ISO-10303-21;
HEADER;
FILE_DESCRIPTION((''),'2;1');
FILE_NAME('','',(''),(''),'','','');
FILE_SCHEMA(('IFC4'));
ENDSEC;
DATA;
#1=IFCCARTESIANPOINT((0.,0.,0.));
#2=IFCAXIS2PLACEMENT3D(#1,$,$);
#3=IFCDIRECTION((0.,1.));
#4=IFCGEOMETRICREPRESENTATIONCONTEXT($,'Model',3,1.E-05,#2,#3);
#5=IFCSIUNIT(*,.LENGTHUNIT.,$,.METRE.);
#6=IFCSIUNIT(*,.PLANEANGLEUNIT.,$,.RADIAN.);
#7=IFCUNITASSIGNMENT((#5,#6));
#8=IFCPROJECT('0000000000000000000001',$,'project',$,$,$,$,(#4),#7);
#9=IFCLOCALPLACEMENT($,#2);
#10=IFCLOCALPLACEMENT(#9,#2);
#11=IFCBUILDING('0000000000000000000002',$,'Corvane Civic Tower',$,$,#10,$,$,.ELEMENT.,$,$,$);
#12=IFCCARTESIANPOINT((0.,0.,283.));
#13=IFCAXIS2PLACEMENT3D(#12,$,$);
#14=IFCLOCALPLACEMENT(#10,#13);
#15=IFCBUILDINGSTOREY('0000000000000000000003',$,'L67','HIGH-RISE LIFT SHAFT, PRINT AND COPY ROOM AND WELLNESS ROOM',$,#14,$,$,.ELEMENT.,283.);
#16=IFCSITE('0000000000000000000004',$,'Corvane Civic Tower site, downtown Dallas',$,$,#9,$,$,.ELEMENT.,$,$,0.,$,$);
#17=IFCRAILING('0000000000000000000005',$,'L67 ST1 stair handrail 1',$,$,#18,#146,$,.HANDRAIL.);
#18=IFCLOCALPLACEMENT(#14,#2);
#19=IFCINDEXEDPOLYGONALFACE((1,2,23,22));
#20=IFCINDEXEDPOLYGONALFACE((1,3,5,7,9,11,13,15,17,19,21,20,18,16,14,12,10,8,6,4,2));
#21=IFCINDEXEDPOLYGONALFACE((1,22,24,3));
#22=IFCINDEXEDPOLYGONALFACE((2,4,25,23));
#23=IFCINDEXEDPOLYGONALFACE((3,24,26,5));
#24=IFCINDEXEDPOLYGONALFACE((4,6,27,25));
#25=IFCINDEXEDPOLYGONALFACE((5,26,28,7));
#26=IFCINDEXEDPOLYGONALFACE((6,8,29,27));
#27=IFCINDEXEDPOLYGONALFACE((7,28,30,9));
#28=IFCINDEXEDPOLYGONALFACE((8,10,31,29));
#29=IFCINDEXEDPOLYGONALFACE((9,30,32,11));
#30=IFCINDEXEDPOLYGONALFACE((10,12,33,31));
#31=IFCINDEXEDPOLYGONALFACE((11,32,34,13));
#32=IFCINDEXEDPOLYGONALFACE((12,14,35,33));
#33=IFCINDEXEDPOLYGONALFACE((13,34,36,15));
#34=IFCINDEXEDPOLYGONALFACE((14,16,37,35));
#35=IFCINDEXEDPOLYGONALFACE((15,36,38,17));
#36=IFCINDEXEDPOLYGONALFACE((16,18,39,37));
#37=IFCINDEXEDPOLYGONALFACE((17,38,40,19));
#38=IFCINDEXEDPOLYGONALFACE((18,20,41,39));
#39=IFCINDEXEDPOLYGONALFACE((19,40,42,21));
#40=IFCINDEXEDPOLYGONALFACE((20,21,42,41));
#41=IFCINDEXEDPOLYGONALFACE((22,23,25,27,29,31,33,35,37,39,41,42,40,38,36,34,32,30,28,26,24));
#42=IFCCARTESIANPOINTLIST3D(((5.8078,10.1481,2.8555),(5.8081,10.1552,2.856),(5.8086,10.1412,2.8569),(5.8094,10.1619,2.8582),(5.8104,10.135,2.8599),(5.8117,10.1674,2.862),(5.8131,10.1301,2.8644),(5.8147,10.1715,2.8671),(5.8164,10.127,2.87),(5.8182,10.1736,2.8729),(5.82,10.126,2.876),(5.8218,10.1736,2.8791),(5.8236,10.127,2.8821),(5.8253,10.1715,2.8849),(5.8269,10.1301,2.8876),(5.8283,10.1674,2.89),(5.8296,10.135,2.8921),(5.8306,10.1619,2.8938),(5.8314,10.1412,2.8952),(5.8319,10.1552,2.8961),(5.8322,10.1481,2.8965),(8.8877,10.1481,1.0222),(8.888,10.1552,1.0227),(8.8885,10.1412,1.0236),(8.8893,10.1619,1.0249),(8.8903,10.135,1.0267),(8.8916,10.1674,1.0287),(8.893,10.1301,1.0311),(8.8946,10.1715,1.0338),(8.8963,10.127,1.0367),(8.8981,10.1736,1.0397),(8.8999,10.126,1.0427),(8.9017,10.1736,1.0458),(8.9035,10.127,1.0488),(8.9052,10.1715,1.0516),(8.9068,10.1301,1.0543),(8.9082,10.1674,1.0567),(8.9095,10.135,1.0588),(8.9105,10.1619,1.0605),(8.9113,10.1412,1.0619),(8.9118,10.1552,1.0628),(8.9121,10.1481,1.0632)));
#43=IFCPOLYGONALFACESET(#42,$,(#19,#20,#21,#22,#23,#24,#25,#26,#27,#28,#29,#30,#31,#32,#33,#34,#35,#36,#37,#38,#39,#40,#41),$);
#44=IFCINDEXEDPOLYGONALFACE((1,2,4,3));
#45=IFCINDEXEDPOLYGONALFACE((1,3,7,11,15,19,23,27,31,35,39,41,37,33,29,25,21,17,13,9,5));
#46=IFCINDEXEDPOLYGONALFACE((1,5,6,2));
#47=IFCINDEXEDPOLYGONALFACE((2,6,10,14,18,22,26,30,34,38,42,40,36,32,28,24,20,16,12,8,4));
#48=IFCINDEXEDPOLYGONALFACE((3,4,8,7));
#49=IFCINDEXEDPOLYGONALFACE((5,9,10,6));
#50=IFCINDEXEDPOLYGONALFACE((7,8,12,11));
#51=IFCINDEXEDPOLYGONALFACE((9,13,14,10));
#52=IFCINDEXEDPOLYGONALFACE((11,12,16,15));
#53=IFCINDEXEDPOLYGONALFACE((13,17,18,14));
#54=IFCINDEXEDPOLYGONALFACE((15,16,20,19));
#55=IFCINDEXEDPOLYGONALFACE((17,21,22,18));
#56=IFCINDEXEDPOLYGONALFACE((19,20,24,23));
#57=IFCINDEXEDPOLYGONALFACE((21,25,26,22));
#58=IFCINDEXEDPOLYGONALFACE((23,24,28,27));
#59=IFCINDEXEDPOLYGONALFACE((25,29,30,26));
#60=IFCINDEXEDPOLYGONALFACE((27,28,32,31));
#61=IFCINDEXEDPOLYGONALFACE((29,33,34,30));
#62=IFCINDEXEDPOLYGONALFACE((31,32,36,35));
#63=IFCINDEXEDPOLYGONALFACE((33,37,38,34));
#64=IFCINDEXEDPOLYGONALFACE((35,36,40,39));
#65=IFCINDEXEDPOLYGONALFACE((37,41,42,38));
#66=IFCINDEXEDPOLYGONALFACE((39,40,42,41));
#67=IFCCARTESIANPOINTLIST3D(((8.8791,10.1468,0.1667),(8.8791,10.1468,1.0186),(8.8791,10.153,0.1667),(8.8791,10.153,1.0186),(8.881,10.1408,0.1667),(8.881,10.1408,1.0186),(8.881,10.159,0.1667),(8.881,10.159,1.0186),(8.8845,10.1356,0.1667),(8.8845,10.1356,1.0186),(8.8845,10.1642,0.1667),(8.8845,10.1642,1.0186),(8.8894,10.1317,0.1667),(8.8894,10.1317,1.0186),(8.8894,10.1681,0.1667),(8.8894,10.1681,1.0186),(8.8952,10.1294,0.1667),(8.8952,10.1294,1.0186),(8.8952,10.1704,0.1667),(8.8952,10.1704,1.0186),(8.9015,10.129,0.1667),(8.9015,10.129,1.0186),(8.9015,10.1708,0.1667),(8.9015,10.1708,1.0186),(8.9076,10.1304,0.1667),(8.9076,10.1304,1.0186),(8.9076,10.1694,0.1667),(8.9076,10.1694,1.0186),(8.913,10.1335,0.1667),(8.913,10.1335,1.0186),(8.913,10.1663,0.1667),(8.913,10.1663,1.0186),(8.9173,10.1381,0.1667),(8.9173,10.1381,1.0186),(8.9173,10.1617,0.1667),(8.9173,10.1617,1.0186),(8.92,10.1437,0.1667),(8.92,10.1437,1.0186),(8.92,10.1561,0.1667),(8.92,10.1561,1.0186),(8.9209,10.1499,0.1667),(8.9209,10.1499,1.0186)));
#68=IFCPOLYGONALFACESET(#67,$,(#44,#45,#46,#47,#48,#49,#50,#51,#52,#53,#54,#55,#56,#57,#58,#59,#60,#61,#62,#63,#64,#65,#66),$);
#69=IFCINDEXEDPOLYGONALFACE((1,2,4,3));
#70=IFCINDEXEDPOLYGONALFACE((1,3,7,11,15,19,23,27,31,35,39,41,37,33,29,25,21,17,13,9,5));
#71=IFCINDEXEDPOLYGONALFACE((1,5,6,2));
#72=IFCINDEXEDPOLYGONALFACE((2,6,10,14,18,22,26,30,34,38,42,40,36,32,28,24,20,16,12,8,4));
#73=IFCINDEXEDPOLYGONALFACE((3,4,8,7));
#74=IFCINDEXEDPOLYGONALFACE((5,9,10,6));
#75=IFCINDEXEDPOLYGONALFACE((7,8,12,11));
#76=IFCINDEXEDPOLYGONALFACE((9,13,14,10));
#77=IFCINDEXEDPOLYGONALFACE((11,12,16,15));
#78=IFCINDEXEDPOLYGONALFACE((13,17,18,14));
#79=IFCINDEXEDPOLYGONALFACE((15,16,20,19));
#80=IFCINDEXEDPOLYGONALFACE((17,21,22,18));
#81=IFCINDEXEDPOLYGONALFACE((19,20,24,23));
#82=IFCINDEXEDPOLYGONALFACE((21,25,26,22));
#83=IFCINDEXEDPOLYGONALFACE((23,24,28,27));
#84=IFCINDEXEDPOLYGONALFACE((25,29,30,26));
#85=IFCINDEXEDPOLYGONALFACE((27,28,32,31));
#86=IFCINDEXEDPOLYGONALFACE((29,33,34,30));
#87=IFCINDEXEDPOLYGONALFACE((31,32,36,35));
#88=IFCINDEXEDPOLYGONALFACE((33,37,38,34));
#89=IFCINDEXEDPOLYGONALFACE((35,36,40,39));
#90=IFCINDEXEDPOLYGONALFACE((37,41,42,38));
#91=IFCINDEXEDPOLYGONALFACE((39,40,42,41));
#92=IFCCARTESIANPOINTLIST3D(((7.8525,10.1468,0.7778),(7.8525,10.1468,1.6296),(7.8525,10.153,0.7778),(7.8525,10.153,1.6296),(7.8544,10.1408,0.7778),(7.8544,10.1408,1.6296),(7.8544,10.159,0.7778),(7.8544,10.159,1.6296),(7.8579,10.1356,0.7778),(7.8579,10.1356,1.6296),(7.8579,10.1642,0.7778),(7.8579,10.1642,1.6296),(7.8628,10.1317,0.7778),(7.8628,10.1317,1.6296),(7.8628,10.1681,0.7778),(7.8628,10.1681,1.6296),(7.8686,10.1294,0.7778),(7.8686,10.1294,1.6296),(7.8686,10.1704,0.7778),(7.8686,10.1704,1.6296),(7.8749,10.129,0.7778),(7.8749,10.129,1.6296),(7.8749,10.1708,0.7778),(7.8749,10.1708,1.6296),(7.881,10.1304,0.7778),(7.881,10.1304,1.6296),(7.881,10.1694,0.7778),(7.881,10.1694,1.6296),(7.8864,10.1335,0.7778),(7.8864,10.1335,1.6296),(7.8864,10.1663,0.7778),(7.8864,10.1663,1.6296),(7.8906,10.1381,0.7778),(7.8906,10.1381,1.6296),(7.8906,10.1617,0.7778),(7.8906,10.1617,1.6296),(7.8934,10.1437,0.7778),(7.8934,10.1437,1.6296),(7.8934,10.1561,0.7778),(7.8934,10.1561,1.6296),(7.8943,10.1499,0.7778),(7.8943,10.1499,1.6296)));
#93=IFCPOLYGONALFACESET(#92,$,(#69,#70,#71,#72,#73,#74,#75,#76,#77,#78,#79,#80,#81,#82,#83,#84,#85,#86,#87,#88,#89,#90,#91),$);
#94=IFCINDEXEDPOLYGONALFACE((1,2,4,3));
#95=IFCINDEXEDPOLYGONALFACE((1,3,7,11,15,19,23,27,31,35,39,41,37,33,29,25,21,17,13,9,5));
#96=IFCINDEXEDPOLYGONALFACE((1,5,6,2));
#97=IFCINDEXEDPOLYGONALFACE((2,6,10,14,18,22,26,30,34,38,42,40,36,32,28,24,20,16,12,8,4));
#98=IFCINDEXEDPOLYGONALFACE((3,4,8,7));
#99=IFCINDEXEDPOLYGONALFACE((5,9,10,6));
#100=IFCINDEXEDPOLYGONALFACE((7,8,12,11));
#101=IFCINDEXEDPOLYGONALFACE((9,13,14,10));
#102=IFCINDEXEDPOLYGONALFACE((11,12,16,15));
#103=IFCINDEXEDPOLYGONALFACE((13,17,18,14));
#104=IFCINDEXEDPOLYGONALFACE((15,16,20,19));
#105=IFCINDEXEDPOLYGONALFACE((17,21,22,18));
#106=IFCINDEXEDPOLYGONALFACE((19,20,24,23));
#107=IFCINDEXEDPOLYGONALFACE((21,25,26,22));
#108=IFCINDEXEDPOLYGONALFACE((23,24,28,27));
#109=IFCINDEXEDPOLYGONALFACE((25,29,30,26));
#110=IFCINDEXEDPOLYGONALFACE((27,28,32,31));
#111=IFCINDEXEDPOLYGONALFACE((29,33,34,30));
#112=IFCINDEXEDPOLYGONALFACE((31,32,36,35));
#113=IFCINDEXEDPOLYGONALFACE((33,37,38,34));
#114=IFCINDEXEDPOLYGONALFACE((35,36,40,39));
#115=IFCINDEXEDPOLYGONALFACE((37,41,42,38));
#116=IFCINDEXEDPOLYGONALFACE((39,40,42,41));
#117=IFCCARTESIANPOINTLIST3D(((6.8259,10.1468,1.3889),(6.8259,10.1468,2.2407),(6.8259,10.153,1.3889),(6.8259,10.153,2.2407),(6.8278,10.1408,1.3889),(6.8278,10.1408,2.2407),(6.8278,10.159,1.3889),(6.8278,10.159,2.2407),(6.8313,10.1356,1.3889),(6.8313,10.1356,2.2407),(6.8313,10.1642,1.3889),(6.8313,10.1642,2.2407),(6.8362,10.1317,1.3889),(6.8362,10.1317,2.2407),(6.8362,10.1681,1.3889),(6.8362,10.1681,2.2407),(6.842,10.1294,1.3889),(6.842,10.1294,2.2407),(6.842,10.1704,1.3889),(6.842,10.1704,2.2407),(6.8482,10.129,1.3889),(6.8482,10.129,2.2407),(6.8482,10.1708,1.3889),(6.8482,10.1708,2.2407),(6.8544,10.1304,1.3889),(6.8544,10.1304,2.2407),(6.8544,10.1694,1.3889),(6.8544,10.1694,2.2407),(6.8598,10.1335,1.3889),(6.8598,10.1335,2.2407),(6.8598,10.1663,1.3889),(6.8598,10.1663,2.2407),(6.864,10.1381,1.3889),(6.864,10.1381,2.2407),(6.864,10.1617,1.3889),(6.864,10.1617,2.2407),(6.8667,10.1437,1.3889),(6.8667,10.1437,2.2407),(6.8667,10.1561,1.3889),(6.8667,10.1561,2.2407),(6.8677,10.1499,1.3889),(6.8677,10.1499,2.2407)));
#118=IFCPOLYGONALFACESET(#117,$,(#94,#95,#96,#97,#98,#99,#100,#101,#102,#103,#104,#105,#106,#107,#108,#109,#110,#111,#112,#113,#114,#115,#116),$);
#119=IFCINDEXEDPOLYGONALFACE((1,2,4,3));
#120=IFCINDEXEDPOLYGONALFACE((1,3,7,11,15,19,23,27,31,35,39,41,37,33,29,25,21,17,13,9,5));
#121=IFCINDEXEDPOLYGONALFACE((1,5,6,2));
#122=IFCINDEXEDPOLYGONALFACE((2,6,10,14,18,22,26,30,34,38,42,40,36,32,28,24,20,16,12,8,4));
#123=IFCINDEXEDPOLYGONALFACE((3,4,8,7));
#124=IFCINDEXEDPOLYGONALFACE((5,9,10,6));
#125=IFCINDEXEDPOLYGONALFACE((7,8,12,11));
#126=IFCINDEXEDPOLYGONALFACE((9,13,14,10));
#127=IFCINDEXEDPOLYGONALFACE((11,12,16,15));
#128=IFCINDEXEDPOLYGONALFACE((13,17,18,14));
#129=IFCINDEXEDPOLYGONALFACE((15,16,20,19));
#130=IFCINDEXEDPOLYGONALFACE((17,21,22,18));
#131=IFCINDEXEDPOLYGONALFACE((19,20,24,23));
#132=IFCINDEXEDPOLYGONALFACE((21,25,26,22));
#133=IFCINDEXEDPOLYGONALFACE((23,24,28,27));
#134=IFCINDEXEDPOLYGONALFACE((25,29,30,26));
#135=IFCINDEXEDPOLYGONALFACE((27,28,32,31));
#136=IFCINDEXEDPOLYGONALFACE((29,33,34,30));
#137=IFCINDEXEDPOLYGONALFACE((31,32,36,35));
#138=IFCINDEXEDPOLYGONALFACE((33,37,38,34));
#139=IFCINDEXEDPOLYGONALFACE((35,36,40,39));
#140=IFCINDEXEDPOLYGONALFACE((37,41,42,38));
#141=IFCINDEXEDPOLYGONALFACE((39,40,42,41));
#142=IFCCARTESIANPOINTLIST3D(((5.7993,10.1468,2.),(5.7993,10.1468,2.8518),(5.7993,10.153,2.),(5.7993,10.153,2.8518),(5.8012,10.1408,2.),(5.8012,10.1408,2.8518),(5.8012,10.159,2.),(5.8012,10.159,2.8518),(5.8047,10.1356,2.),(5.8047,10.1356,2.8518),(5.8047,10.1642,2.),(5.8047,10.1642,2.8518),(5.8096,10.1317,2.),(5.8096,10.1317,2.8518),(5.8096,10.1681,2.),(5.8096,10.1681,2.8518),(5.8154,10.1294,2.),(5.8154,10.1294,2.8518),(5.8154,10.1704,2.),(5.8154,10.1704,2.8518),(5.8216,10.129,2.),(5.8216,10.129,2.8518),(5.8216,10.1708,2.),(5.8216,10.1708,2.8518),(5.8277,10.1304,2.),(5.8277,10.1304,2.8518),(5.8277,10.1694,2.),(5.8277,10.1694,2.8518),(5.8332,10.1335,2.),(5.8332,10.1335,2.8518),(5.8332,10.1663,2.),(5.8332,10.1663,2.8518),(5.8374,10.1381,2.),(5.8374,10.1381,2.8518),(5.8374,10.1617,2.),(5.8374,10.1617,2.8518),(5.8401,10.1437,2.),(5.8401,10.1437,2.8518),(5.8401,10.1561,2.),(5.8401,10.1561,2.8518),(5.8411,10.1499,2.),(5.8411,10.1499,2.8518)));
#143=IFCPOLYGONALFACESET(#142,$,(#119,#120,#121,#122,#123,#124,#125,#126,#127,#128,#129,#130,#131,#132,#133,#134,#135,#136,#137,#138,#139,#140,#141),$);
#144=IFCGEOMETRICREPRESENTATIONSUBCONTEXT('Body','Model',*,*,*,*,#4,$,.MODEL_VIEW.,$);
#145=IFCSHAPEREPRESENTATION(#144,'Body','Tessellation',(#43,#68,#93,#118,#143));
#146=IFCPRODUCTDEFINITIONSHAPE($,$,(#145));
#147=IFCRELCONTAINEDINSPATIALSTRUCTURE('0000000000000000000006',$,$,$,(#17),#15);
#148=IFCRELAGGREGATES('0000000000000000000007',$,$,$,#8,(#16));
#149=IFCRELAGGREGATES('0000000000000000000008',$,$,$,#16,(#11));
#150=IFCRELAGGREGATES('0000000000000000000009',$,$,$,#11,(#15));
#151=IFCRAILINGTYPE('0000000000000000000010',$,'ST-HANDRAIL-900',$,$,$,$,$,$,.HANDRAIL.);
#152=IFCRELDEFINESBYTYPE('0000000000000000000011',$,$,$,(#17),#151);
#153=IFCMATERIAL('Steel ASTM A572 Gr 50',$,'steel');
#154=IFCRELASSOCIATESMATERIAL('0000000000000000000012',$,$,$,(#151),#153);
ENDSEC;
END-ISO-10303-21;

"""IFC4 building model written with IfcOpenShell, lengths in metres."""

from ifc_helpers import new_model, si_unit, direction, frame, origin, origin_2d, place, context, subcontext, project, spatial, circle, extrude, material, type_object, element, save


model = new_model("IFC4")

# Units and contexts
model_context = context("Model", 3, precision=1e-05, world=origin(), true_north=direction((0.0, 1.0)))
body_context = subcontext(model_context, "Body", "Model", "MODEL_VIEW")
ifc_project = project(units=[si_unit("LENGTHUNIT", "METRE"), si_unit("PLANEANGLEUNIT", "RADIAN")], contexts=[model_context])

# Site, building, storey
site_placement = place(None, origin())
site = spatial("IfcSite", under=ifc_project, at=site_placement, Name="Corvane Civic Tower site, downtown Dallas", CompositionType="ELEMENT", RefElevation=0.0)
building_placement = place(site_placement, origin())
building = spatial("IfcBuilding", under=site, at=building_placement, Name="Corvane Civic Tower", CompositionType="ELEMENT")
storey_placement = place(building_placement, frame((0.0, 0.0, 283.0)))
storey = spatial("IfcBuildingStorey", under=building, at=storey_placement, Name="L67", Description="HIGH-RISE LIFT SHAFT, PRINT AND COPY ROOM AND WELLNESS ROOM", CompositionType="ELEMENT", Elevation=283.0)

# Railing
ifc_material_1 = material(Name="Steel ASTM A572 Gr 50", Category="steel")
railing_type = type_object("IfcRailingType", Name="ST-HANDRAIL-900", PredefinedType="HANDRAIL", material=ifc_material_1)
railing_placement = place(storey_placement, frame((8.8999, 10.1499, 0.1667)))
element("IfcRailing", 1, at=railing_placement, inside=storey, type_object=railing_type, Name="L67 ST1 stair handrail 1", PredefinedType="HANDRAIL", context=body_context, shape_type="SweptSolid", body=[
    extrude(circle(Radius=0.0239, at=origin_2d()), frame((0.0, 0.0, 0.876), z_axis=(-0.859291, 0.0, 0.511487), x_axis=(0.0, -1.0, 0.0)), (0.0, 0.0, 1.0), 3.5842),
    extrude(circle(Radius=0.021, at=origin_2d()), origin(), (0.0, 0.0, 1.0), 0.8518),
    extrude(circle(Radius=0.021, at=origin_2d()), frame((-1.0266, 0.0, 0.6111)), (0.0, 0.0, 1.0), 0.8518),
    extrude(circle(Radius=0.021, at=origin_2d()), frame((-2.0532, 0.0, 1.2222)), (0.0, 0.0, 1.0), 0.8518),
    extrude(circle(Radius=0.021, at=origin_2d()), frame((-3.0798, 0.0, 1.8333)), (0.0, 0.0, 1.0), 0.8518),
])

save(model, "model.ifc")
